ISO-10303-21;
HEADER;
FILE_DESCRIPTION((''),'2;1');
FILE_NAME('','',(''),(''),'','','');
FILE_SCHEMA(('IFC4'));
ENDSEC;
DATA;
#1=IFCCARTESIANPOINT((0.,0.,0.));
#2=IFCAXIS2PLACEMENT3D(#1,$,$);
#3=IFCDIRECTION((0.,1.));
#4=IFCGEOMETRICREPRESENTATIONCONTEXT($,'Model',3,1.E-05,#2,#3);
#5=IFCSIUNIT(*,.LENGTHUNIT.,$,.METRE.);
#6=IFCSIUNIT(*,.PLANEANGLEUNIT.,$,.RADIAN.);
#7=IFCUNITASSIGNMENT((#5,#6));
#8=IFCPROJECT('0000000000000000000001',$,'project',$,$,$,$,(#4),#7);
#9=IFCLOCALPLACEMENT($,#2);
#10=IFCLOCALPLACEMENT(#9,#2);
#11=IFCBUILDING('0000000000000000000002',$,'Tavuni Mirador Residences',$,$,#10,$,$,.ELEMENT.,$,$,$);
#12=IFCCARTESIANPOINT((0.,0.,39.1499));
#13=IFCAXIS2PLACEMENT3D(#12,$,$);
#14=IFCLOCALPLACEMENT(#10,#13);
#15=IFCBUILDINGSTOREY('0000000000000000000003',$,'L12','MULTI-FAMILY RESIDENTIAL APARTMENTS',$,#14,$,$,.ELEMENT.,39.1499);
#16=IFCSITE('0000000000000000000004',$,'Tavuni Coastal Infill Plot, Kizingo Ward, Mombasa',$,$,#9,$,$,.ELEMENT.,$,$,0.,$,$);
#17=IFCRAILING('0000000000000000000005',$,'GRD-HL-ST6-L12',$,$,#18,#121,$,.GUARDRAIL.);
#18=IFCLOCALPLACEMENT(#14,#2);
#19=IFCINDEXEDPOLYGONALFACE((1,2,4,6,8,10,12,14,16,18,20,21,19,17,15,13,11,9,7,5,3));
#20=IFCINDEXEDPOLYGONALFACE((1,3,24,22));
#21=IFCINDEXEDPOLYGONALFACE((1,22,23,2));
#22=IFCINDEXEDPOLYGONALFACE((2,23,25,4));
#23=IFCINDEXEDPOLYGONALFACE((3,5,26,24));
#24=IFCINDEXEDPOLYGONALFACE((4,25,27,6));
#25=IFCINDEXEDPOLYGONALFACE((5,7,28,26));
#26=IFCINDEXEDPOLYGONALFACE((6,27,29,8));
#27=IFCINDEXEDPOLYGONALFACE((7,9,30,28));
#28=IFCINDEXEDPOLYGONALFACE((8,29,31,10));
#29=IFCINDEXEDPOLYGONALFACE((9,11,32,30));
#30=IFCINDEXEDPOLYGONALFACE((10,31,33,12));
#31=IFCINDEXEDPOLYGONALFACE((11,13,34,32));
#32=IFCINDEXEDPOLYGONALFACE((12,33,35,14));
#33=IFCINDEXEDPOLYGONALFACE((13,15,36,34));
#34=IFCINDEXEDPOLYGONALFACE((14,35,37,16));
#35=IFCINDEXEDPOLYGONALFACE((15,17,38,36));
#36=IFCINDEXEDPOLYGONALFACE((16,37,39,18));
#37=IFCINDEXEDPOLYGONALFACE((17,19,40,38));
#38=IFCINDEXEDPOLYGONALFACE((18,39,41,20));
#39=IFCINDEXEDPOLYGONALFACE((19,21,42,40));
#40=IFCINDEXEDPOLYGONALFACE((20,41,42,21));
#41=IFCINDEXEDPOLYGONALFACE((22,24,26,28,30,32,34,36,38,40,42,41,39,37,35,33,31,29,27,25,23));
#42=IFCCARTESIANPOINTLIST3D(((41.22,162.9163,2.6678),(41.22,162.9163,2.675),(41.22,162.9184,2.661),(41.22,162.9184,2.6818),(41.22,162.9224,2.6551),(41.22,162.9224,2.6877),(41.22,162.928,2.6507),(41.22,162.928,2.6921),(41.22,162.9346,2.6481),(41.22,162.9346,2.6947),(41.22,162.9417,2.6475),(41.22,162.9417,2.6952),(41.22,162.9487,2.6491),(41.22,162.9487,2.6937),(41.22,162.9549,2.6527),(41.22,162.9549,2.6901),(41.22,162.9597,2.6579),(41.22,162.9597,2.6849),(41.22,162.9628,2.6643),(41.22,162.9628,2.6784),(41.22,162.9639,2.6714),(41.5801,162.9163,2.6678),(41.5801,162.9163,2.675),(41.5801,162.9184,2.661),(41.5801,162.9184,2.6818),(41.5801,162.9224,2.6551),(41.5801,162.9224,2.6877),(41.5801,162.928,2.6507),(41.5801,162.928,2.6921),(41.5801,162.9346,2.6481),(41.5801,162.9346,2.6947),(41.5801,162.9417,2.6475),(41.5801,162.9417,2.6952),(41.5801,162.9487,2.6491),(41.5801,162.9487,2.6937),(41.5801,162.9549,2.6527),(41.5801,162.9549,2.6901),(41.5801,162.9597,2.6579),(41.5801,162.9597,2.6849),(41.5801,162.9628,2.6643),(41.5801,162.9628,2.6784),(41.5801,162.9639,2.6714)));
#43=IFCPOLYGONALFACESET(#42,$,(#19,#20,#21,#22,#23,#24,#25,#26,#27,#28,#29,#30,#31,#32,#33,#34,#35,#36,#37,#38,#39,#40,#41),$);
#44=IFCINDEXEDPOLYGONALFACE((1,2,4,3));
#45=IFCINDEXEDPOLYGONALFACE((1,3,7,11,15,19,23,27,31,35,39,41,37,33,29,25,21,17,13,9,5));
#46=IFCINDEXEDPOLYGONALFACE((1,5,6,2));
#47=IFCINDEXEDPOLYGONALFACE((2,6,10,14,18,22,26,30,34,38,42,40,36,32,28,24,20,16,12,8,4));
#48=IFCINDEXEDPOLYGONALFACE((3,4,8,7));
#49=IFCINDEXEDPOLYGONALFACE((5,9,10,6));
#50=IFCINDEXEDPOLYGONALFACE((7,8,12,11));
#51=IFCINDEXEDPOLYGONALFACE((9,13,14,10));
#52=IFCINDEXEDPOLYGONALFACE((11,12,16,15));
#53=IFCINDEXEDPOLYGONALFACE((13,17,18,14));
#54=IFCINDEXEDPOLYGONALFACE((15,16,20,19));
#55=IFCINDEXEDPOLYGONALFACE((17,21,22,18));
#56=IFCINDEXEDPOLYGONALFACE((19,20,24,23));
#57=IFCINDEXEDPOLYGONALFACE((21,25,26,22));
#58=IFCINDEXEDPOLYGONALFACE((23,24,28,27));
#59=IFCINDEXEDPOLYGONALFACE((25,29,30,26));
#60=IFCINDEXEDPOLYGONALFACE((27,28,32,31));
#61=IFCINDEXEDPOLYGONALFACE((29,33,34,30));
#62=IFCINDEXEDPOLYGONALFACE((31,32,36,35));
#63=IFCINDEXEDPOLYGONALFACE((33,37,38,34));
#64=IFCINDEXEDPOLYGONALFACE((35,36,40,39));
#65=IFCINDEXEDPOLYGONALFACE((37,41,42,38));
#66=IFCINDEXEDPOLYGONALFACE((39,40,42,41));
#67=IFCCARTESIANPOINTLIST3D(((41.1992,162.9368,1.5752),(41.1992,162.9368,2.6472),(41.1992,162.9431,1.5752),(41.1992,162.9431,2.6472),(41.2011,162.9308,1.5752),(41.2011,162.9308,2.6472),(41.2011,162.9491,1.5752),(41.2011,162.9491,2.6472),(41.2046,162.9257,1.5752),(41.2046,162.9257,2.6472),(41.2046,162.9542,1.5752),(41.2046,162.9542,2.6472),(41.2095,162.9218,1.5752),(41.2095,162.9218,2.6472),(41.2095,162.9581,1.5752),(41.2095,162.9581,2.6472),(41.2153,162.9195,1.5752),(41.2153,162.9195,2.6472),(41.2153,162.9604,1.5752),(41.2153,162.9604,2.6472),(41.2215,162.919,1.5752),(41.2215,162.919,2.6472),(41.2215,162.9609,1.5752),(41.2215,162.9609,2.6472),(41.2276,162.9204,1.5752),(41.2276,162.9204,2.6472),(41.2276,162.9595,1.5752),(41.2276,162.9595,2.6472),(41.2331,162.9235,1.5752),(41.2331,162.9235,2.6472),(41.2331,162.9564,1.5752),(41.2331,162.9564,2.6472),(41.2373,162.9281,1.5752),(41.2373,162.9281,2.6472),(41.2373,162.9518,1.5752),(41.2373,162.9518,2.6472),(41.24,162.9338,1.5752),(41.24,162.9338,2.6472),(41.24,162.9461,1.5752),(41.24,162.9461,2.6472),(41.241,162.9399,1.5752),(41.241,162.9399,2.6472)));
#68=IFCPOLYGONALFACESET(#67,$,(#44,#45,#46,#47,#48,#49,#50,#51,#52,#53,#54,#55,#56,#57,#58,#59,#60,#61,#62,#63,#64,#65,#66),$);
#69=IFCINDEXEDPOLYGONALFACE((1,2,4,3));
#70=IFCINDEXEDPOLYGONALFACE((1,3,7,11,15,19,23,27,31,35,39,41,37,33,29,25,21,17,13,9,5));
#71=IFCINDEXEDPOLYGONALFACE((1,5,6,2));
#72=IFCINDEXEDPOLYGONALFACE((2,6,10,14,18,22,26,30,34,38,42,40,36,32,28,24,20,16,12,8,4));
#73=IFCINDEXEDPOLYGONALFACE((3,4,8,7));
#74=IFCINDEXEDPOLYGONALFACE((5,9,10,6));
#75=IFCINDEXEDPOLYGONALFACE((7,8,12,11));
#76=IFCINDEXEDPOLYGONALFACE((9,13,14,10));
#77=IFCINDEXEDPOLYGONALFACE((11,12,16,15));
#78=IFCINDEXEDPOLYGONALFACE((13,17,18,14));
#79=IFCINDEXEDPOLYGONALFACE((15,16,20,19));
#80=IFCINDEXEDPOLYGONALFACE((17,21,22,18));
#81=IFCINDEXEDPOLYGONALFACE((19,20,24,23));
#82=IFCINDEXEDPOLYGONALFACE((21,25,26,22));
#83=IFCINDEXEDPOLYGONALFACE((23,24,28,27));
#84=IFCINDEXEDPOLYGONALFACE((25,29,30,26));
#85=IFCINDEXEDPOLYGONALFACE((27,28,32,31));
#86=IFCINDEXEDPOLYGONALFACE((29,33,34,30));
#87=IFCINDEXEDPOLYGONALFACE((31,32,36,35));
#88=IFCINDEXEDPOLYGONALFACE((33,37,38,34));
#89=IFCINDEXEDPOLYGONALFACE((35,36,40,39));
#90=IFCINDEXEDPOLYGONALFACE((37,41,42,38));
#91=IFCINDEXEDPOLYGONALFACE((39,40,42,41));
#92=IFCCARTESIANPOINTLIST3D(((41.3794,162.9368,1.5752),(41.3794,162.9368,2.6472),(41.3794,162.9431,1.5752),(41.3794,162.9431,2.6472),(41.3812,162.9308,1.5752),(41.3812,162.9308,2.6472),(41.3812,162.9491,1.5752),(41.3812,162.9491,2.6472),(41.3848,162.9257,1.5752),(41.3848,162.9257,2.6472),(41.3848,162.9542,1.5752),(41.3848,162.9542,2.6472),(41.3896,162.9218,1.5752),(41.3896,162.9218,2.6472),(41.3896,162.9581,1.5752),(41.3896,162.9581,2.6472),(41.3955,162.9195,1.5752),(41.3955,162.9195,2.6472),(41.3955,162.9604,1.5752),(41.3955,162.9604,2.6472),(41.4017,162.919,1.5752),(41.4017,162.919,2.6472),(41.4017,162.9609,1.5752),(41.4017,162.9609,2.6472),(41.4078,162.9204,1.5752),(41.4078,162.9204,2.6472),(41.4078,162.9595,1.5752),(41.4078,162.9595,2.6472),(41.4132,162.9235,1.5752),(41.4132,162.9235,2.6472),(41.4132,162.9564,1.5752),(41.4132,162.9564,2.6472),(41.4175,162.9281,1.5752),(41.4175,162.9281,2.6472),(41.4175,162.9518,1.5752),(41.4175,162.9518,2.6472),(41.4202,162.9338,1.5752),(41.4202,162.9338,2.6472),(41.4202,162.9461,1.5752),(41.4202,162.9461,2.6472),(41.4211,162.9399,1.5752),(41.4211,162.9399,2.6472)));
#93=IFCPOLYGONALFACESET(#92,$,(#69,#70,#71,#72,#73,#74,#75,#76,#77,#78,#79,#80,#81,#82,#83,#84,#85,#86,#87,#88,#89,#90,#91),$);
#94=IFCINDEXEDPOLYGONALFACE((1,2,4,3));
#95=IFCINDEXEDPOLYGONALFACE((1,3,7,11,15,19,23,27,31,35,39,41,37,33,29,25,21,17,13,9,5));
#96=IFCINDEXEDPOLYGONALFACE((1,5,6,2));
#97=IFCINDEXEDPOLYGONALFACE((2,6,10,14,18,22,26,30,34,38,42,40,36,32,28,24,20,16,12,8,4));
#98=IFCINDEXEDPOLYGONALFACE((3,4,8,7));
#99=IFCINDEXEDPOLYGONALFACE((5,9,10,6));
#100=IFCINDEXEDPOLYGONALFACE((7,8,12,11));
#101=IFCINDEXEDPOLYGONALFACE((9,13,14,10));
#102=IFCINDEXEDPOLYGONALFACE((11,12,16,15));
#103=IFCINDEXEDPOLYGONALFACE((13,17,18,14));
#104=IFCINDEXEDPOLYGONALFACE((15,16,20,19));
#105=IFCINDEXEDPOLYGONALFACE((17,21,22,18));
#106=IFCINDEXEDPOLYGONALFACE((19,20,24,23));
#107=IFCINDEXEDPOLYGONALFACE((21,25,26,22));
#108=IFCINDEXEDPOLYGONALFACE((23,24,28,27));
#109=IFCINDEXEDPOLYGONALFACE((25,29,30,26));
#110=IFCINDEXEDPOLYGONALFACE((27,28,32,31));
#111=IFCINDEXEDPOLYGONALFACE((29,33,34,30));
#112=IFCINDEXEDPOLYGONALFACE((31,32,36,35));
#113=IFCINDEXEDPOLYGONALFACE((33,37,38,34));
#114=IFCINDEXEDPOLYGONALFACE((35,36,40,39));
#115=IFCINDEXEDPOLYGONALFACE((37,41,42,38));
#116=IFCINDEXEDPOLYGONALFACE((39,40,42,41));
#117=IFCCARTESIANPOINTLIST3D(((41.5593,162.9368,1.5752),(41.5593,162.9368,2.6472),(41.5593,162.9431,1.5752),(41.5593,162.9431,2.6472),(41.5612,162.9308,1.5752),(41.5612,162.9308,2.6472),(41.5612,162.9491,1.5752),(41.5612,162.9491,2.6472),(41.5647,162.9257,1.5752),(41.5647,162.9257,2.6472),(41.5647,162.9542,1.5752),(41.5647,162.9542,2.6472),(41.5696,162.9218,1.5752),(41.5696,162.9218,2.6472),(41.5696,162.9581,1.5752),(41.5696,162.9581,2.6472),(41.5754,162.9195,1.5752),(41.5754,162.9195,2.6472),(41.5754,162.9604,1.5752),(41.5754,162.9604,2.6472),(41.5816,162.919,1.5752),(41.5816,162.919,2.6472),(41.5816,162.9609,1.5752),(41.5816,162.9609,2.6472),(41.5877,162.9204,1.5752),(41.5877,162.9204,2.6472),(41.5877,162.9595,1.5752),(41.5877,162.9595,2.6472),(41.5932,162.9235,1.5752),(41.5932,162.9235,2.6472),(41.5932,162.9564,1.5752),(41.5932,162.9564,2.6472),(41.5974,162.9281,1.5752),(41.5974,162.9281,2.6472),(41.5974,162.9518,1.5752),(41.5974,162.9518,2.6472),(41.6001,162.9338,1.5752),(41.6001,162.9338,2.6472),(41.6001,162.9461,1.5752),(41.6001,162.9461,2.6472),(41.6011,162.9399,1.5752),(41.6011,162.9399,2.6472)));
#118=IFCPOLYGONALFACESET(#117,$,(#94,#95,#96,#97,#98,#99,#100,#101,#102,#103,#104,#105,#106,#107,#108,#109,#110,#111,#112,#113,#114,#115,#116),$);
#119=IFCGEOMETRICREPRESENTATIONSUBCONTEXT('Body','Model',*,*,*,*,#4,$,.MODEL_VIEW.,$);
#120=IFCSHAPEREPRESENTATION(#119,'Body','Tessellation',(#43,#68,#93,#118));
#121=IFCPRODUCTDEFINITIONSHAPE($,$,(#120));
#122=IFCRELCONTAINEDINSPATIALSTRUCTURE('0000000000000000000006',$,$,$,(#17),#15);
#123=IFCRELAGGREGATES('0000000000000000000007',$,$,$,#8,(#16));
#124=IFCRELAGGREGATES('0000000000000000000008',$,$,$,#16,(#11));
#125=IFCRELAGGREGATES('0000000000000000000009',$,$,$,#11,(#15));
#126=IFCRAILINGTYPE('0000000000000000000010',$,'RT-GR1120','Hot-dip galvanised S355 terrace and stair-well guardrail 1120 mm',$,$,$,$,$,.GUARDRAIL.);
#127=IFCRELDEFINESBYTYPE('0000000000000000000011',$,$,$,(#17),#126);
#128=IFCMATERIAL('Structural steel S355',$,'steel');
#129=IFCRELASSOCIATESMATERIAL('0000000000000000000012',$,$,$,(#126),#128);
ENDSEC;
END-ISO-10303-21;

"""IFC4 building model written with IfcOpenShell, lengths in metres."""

from ifc_helpers import new_model, si_unit, direction, frame, origin, origin_2d, place, context, subcontext, project, spatial, circle, extrude, material, type_object, element, save


model = new_model("IFC4")

# Units and contexts
model_context = context("Model", 3, precision=1e-05, world=origin(), true_north=direction((0.0, 1.0)))
body_context = subcontext(model_context, "Body", "Model", "MODEL_VIEW")
ifc_project = project(units=[si_unit("LENGTHUNIT", "METRE"), si_unit("PLANEANGLEUNIT", "RADIAN")], contexts=[model_context])

# Site, building, storey
site_placement = place(None, origin())
site = spatial("IfcSite", under=ifc_project, at=site_placement, Name="Tavuni Coastal Infill Plot, Kizingo Ward, Mombasa", CompositionType="ELEMENT", RefElevation=0.0)
building_placement = place(site_placement, origin())
building = spatial("IfcBuilding", under=site, at=building_placement, Name="Tavuni Mirador Residences", CompositionType="ELEMENT")
storey_placement = place(building_placement, frame((0.0, 0.0, 39.1499)))
storey = spatial("IfcBuildingStorey", under=building, at=storey_placement, Name="L12", Description="MULTI-FAMILY RESIDENTIAL APARTMENTS", CompositionType="ELEMENT", Elevation=39.1499)

# Railing
ifc_material_1 = material(Name="Structural steel S355", Category="steel")
railing_type_1 = type_object("IfcRailingType", Name="RT-GR1120", Description="Hot-dip galvanised S355 terrace and stair-well guardrail 1120 mm", PredefinedType="GUARDRAIL", material=ifc_material_1)
railing_1_placement = place(storey_placement, frame((41.22, 162.9399, 1.5752)))
element("IfcRailing", 1, at=railing_1_placement, inside=storey, type_object=railing_type_1, Name="GRD-HL-ST6-L12", PredefinedType="GUARDRAIL", context=body_context, shape_type="SweptSolid", body=[
    extrude(circle(Radius=0.0239, at=origin_2d()), frame((0.0, 0.0, 1.0962), z_axis=(1.0, 0.0, 0.0), x_axis=(0.0, 1.0, 0.0)), (0.0, 0.0, 1.0), 0.3601),
    extrude(circle(Radius=0.021, at=origin_2d()), origin(), (0.0, 0.0, 1.0), 1.072),
    extrude(circle(Radius=0.021, at=origin_2d()), frame((0.1802, 0.0, 0.0)), (0.0, 0.0, 1.0), 1.072),
    extrude(circle(Radius=0.021, at=origin_2d()), frame((0.3601, 0.0, 0.0)), (0.0, 0.0, 1.0), 1.072),
])

save(model, "model.ifc")
